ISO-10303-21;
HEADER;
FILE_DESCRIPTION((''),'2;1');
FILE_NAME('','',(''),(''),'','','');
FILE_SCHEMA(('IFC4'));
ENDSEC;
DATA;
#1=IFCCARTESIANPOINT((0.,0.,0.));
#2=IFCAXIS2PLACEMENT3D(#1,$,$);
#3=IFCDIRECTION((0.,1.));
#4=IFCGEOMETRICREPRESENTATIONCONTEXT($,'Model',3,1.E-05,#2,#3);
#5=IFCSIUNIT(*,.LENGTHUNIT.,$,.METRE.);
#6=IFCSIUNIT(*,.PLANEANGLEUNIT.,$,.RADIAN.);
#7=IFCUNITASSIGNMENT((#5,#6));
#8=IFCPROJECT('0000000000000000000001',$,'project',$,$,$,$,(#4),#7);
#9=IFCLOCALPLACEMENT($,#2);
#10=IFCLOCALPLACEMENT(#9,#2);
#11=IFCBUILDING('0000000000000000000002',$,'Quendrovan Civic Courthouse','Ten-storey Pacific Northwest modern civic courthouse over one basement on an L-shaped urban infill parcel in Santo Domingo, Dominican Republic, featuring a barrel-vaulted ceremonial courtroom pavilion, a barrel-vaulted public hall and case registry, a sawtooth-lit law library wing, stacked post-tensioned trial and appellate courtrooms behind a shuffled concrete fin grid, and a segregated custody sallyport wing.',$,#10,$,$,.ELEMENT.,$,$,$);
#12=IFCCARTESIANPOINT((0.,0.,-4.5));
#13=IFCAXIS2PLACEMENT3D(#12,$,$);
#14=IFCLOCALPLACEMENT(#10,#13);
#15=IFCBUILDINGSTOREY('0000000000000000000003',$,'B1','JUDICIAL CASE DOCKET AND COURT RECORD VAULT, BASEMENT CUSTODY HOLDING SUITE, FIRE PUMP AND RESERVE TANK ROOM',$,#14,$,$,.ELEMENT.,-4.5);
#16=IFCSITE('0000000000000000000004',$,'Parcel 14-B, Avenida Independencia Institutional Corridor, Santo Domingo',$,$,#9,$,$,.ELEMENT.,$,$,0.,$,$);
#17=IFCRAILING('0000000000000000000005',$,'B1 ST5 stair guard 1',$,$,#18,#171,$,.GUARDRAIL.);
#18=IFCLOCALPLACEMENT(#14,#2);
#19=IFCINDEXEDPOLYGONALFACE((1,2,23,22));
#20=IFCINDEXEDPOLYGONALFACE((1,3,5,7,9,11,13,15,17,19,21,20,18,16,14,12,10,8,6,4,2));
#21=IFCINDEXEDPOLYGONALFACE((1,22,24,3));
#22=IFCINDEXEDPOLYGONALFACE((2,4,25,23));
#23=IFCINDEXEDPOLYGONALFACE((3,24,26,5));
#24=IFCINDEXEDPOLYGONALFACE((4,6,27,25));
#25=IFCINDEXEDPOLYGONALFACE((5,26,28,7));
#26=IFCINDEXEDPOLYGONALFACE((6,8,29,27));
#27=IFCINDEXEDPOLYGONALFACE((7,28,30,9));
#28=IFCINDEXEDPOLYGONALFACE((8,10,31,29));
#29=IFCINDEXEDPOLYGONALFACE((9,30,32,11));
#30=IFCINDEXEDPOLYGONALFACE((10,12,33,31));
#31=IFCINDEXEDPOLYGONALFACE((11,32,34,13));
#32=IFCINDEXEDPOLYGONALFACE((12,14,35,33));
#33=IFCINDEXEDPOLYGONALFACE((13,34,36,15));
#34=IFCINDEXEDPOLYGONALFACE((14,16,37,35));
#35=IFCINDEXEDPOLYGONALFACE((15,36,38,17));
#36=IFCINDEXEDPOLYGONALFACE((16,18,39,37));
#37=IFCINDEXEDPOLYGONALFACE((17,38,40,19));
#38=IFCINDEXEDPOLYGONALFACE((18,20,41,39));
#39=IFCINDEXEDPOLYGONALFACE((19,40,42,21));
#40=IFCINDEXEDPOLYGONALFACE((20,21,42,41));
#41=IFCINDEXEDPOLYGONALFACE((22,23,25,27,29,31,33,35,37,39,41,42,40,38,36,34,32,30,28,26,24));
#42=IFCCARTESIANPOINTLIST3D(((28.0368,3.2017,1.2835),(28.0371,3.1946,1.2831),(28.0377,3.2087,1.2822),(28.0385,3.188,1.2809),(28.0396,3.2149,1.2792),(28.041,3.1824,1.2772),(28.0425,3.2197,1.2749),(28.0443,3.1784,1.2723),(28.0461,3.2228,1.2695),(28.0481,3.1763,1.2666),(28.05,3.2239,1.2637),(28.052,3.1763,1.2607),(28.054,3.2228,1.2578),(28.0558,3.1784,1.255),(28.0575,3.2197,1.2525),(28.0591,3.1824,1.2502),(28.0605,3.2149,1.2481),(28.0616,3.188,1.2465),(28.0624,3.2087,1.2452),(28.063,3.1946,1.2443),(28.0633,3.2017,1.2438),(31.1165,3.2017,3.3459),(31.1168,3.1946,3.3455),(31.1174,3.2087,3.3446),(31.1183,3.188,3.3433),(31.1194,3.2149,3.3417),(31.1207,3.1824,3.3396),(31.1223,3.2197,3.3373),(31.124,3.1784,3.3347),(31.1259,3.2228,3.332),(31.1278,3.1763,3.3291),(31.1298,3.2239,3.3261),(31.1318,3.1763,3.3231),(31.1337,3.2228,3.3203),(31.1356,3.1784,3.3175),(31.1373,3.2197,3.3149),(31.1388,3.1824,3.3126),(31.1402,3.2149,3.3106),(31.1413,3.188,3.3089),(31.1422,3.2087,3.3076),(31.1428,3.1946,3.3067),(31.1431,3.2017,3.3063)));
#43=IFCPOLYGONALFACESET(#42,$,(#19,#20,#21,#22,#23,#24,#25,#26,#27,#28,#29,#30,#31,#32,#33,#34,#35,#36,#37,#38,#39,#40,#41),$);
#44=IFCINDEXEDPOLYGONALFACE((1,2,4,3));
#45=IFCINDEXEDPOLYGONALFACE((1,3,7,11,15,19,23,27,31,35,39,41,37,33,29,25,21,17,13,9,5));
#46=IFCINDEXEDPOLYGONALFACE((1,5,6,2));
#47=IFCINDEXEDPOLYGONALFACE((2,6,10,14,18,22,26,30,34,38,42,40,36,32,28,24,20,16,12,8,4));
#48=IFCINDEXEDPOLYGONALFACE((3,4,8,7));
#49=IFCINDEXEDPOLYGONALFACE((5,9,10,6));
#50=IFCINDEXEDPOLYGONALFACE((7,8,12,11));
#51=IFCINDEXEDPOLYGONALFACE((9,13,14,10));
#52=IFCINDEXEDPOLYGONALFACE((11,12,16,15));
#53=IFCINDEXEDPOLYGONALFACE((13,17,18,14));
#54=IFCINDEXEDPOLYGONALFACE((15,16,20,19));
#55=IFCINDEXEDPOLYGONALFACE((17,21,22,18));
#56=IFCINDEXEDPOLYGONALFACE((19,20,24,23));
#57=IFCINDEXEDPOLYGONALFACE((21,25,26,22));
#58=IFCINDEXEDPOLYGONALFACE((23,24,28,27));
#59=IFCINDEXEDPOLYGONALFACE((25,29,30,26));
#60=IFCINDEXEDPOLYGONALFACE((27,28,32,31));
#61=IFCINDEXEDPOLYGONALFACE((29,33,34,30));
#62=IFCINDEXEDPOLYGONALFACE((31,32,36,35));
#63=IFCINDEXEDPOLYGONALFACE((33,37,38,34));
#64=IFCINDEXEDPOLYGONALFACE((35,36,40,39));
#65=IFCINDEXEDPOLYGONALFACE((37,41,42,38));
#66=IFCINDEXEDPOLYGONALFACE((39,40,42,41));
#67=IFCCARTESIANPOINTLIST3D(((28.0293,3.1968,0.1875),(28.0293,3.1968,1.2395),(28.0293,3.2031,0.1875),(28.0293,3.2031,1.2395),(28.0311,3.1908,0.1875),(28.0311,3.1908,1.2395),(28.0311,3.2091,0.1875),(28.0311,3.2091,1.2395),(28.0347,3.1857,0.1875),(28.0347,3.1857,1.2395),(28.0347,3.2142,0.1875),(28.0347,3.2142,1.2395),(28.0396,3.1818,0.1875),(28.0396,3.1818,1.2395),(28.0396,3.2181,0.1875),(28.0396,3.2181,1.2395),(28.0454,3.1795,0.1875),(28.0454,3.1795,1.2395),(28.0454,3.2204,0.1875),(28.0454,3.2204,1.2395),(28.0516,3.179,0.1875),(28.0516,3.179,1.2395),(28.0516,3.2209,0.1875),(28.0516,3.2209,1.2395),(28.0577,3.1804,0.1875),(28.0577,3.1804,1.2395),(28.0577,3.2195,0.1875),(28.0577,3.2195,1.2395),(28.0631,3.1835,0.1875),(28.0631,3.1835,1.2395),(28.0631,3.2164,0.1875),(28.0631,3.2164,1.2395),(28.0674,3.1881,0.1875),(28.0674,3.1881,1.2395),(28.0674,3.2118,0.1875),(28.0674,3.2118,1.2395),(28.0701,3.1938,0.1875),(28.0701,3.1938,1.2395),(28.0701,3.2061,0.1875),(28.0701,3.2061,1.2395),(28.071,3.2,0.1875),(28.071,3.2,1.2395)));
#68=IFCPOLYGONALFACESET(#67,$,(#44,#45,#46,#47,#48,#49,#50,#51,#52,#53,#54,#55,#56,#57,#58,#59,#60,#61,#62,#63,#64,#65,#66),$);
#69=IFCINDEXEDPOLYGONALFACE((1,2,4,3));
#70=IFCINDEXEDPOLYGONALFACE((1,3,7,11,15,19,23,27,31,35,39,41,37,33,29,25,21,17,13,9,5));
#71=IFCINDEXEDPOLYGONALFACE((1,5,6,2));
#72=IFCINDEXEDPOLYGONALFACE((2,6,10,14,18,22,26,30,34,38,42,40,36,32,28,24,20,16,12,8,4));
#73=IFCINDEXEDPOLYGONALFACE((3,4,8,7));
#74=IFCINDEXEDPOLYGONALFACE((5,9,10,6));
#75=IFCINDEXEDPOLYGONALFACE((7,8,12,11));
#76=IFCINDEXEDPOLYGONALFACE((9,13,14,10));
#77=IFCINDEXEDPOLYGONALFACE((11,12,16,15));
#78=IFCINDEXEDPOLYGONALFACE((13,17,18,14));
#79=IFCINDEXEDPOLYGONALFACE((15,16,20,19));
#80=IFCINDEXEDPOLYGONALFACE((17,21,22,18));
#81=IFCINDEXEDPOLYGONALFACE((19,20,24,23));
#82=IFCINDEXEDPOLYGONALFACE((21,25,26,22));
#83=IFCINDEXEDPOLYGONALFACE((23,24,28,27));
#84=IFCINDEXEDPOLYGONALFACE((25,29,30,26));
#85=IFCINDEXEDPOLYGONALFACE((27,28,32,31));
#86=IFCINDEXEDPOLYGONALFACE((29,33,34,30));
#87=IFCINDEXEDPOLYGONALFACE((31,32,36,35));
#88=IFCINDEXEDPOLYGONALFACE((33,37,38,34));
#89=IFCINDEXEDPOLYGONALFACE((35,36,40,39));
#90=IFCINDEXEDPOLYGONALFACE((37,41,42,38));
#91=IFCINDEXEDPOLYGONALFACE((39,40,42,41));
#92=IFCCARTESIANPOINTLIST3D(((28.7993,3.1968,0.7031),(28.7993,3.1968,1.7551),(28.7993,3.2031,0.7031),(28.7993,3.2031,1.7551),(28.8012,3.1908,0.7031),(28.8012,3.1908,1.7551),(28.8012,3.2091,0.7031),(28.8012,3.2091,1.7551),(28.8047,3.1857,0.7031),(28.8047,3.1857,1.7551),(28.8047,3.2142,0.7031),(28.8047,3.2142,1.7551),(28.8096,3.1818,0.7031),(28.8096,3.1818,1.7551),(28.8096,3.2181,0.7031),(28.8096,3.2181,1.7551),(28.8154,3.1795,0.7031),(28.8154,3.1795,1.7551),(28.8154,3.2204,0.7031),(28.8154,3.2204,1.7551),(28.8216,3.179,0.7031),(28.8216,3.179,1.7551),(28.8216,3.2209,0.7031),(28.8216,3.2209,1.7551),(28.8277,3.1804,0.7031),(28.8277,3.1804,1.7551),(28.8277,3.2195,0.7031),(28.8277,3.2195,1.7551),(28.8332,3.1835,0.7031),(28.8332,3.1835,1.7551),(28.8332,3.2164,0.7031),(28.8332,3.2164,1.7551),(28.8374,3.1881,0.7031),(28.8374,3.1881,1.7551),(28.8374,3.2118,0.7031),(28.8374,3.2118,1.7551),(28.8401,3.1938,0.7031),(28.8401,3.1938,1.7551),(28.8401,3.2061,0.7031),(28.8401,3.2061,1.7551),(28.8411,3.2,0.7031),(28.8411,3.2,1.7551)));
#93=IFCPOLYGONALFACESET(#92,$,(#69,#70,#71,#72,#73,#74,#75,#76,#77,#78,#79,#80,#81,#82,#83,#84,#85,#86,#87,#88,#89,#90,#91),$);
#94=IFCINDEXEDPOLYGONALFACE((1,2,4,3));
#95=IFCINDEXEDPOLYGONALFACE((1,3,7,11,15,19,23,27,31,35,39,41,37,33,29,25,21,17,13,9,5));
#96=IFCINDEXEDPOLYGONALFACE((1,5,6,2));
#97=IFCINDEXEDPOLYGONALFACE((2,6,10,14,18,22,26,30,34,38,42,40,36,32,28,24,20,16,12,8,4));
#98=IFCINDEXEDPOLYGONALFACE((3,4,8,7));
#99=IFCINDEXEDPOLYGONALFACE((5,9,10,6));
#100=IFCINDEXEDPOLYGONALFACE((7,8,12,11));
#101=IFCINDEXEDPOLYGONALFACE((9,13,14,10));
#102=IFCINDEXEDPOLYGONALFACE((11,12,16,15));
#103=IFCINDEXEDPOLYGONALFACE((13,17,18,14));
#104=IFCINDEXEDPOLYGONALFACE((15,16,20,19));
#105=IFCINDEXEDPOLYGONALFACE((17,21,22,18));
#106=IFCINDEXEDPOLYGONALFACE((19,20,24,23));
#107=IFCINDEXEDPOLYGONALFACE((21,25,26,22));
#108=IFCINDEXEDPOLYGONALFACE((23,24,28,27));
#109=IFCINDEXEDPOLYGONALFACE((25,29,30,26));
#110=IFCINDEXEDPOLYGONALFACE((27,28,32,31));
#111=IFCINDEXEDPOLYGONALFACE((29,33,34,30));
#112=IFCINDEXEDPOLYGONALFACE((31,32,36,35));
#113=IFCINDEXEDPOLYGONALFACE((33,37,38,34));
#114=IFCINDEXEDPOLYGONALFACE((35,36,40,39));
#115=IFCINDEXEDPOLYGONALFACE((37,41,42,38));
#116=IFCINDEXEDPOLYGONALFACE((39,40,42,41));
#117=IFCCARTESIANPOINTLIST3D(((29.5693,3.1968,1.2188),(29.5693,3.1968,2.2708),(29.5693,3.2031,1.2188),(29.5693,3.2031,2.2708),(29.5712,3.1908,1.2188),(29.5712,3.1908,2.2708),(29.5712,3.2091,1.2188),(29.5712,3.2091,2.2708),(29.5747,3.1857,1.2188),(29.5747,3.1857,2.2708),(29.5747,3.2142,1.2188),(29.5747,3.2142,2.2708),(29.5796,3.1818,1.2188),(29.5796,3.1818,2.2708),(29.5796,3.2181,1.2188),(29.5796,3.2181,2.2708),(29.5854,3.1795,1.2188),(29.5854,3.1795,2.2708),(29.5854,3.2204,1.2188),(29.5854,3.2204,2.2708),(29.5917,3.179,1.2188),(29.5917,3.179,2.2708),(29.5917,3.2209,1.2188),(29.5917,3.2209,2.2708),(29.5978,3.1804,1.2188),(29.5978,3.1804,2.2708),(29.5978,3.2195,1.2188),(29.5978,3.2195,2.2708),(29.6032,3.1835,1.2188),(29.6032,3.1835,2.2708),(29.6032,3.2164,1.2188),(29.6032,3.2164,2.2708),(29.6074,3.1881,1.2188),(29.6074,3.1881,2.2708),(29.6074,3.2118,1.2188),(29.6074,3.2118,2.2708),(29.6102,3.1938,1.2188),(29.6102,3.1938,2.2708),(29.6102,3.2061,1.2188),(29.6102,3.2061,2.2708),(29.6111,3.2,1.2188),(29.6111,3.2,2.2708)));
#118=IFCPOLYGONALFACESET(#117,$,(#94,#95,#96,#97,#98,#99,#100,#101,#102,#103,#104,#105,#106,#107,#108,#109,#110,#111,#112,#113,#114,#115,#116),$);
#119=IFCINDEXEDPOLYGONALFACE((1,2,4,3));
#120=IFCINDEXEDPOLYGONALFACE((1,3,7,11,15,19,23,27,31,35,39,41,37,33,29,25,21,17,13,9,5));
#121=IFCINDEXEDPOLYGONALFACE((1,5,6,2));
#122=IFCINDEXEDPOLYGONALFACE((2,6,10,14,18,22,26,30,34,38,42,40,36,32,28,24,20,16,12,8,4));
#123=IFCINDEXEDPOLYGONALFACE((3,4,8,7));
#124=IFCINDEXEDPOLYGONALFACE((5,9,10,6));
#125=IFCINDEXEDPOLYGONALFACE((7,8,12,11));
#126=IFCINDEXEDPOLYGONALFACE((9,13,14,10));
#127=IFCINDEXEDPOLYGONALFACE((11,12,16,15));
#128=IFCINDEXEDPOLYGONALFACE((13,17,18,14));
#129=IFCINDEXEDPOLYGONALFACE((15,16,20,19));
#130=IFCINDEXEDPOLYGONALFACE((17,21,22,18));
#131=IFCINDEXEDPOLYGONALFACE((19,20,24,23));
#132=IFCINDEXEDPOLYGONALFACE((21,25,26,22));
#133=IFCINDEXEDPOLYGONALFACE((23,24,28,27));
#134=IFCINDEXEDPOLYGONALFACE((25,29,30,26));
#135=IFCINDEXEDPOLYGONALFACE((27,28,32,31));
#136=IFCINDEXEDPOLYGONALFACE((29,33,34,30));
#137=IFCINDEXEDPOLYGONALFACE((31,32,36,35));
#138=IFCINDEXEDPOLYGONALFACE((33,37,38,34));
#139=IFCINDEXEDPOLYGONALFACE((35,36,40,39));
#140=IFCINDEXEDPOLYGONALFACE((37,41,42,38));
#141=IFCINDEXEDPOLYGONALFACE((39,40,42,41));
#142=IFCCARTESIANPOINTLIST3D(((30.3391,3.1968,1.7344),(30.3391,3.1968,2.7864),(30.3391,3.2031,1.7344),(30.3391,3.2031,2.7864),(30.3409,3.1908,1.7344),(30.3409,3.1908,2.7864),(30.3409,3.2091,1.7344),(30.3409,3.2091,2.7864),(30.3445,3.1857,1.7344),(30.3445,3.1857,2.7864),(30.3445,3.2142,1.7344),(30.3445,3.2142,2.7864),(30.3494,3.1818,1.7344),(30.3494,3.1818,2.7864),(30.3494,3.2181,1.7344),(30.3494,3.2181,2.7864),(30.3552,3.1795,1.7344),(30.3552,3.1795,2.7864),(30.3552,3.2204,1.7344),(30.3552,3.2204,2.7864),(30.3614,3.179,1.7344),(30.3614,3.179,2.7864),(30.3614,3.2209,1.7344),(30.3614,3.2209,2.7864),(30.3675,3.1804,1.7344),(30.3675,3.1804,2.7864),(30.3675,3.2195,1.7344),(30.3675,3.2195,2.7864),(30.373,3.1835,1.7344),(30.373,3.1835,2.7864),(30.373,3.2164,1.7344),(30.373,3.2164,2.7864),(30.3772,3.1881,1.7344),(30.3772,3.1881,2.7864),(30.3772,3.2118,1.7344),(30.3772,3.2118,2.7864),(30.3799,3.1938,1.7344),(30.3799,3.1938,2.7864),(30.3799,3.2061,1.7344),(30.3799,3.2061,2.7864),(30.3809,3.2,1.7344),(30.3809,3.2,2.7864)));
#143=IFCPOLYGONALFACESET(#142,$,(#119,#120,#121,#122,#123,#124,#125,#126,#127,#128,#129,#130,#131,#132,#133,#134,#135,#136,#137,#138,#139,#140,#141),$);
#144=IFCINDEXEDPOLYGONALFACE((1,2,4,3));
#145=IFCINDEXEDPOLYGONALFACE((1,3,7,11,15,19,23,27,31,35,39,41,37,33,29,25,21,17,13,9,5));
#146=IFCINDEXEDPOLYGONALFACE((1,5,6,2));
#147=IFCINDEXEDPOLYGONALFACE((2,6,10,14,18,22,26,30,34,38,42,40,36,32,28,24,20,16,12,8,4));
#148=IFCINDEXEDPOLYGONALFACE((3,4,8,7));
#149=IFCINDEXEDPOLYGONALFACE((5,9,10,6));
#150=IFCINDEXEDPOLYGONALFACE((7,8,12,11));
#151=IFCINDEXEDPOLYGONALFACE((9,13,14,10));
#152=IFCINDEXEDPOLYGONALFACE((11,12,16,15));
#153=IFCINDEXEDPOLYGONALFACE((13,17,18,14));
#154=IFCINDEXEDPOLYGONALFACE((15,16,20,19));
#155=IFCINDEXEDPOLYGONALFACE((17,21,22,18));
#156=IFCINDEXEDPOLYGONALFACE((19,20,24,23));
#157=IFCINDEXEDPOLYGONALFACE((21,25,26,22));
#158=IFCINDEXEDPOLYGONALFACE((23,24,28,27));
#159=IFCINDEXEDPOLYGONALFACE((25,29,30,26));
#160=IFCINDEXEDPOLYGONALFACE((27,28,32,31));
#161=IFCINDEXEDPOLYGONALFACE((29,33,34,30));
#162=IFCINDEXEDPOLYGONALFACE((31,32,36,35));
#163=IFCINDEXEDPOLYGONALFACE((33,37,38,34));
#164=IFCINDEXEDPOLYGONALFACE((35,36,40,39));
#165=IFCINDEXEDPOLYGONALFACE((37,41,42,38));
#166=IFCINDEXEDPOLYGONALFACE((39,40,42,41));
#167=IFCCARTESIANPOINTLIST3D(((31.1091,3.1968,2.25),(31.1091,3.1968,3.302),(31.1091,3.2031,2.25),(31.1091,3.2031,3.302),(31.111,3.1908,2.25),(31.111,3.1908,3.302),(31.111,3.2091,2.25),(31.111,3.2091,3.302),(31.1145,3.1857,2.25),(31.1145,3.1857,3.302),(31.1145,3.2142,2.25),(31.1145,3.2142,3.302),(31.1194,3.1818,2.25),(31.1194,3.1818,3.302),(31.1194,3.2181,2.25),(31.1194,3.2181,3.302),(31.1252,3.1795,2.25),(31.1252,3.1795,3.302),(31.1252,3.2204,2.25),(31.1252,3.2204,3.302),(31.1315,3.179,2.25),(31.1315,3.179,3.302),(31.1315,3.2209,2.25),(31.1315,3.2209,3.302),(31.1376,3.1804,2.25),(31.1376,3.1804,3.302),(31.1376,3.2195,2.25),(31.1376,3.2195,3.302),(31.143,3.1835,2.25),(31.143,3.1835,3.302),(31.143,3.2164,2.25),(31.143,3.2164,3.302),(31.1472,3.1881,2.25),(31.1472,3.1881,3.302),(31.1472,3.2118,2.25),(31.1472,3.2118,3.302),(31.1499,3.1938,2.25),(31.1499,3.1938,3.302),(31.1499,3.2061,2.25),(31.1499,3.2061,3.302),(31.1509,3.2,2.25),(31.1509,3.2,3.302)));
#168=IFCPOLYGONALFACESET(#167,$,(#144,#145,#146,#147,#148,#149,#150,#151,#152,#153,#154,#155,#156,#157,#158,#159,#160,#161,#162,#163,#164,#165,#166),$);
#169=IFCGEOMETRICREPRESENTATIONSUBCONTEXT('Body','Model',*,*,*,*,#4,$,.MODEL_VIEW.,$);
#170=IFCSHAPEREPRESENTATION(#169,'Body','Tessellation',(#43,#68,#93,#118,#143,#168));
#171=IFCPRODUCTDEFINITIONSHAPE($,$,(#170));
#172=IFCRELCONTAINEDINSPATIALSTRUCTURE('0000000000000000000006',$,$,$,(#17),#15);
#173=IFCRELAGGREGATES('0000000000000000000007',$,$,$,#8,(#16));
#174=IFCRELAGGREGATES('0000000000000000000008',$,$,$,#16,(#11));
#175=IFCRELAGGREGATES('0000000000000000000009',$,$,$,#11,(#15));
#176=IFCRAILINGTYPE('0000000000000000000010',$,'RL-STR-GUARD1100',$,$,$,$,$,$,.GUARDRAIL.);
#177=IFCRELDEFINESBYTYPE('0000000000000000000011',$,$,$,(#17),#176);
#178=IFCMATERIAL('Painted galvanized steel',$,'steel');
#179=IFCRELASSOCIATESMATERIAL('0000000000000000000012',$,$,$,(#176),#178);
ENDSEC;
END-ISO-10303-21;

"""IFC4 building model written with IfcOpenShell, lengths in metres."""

from ifc_helpers import new_model, si_unit, direction, frame, origin, origin_2d, place, context, subcontext, project, spatial, circle, extrude, material, type_object, element, save


model = new_model("IFC4")

# Units and contexts
model_context = context("Model", 3, precision=1e-05, world=origin(), true_north=direction((0.0, 1.0)))
body_context = subcontext(model_context, "Body", "Model", "MODEL_VIEW")
ifc_project = project(units=[si_unit("LENGTHUNIT", "METRE"), si_unit("PLANEANGLEUNIT", "RADIAN")], contexts=[model_context])

# Site, building, storey
site_placement = place(None, origin())
site = spatial("IfcSite", under=ifc_project, at=site_placement, Name="Parcel 14-B, Avenida Independencia Institutional Corridor, Santo Domingo", CompositionType="ELEMENT", RefElevation=0.0)
building_placement = place(site_placement, origin())
building = spatial("IfcBuilding", under=site, at=building_placement, Name="Quendrovan Civic Courthouse", Description="Ten-storey Pacific Northwest modern civic courthouse over one basement on an L-shaped urban infill parcel in Santo Domingo, Dominican Republic, featuring a barrel-vaulted ceremonial courtroom pavilion, a barrel-vaulted public hall and case registry, a sawtooth-lit law library wing, stacked post-tensioned trial and appellate courtrooms behind a shuffled concrete fin grid, and a segregated custody sallyport wing.", CompositionType="ELEMENT")
storey_placement = place(building_placement, frame((0.0, 0.0, -4.5)))
storey = spatial("IfcBuildingStorey", under=building, at=storey_placement, Name="B1", Description="JUDICIAL CASE DOCKET AND COURT RECORD VAULT, BASEMENT CUSTODY HOLDING SUITE, FIRE PUMP AND RESERVE TANK ROOM", CompositionType="ELEMENT", Elevation=-4.5)

# Railing
ifc_material_1 = material(Name="Painted galvanized steel", Category="steel")
railing_type_1 = type_object("IfcRailingType", Name="RL-STR-GUARD1100", PredefinedType="GUARDRAIL", material=ifc_material_1)
railing_1_placement = place(storey_placement, frame((28.05, 3.2, 0.1875)))
element("IfcRailing", 1, at=railing_1_placement, inside=storey, type_object=railing_type_1, Name="B1 ST5 stair guard 1", PredefinedType="GUARDRAIL", context=body_context, shape_type="SweptSolid", body=[
    extrude(circle(Radius=0.0239, at=origin_2d()), frame((0.0, 0.0, 1.0762), z_axis=(0.830893, 0.0, 0.556432), x_axis=(0.0, 1.0, 0.0)), (0.0, 0.0, 1.0), 3.7065),
    extrude(circle(Radius=0.021, at=origin_2d()), origin(), (0.0, 0.0, 1.0), 1.052),
    extrude(circle(Radius=0.021, at=origin_2d()), frame((0.77, 0.0, 0.5156)), (0.0, 0.0, 1.0), 1.052),
    extrude(circle(Radius=0.021, at=origin_2d()), frame((1.54, 0.0, 1.0312)), (0.0, 0.0, 1.0), 1.052),
    extrude(circle(Radius=0.021, at=origin_2d()), frame((2.3098, 0.0, 1.5469)), (0.0, 0.0, 1.0), 1.052),
    extrude(circle(Radius=0.021, at=origin_2d()), frame((3.0798, 0.0, 2.0625)), (0.0, 0.0, 1.0), 1.052),
])

save(model, "model.ifc")
